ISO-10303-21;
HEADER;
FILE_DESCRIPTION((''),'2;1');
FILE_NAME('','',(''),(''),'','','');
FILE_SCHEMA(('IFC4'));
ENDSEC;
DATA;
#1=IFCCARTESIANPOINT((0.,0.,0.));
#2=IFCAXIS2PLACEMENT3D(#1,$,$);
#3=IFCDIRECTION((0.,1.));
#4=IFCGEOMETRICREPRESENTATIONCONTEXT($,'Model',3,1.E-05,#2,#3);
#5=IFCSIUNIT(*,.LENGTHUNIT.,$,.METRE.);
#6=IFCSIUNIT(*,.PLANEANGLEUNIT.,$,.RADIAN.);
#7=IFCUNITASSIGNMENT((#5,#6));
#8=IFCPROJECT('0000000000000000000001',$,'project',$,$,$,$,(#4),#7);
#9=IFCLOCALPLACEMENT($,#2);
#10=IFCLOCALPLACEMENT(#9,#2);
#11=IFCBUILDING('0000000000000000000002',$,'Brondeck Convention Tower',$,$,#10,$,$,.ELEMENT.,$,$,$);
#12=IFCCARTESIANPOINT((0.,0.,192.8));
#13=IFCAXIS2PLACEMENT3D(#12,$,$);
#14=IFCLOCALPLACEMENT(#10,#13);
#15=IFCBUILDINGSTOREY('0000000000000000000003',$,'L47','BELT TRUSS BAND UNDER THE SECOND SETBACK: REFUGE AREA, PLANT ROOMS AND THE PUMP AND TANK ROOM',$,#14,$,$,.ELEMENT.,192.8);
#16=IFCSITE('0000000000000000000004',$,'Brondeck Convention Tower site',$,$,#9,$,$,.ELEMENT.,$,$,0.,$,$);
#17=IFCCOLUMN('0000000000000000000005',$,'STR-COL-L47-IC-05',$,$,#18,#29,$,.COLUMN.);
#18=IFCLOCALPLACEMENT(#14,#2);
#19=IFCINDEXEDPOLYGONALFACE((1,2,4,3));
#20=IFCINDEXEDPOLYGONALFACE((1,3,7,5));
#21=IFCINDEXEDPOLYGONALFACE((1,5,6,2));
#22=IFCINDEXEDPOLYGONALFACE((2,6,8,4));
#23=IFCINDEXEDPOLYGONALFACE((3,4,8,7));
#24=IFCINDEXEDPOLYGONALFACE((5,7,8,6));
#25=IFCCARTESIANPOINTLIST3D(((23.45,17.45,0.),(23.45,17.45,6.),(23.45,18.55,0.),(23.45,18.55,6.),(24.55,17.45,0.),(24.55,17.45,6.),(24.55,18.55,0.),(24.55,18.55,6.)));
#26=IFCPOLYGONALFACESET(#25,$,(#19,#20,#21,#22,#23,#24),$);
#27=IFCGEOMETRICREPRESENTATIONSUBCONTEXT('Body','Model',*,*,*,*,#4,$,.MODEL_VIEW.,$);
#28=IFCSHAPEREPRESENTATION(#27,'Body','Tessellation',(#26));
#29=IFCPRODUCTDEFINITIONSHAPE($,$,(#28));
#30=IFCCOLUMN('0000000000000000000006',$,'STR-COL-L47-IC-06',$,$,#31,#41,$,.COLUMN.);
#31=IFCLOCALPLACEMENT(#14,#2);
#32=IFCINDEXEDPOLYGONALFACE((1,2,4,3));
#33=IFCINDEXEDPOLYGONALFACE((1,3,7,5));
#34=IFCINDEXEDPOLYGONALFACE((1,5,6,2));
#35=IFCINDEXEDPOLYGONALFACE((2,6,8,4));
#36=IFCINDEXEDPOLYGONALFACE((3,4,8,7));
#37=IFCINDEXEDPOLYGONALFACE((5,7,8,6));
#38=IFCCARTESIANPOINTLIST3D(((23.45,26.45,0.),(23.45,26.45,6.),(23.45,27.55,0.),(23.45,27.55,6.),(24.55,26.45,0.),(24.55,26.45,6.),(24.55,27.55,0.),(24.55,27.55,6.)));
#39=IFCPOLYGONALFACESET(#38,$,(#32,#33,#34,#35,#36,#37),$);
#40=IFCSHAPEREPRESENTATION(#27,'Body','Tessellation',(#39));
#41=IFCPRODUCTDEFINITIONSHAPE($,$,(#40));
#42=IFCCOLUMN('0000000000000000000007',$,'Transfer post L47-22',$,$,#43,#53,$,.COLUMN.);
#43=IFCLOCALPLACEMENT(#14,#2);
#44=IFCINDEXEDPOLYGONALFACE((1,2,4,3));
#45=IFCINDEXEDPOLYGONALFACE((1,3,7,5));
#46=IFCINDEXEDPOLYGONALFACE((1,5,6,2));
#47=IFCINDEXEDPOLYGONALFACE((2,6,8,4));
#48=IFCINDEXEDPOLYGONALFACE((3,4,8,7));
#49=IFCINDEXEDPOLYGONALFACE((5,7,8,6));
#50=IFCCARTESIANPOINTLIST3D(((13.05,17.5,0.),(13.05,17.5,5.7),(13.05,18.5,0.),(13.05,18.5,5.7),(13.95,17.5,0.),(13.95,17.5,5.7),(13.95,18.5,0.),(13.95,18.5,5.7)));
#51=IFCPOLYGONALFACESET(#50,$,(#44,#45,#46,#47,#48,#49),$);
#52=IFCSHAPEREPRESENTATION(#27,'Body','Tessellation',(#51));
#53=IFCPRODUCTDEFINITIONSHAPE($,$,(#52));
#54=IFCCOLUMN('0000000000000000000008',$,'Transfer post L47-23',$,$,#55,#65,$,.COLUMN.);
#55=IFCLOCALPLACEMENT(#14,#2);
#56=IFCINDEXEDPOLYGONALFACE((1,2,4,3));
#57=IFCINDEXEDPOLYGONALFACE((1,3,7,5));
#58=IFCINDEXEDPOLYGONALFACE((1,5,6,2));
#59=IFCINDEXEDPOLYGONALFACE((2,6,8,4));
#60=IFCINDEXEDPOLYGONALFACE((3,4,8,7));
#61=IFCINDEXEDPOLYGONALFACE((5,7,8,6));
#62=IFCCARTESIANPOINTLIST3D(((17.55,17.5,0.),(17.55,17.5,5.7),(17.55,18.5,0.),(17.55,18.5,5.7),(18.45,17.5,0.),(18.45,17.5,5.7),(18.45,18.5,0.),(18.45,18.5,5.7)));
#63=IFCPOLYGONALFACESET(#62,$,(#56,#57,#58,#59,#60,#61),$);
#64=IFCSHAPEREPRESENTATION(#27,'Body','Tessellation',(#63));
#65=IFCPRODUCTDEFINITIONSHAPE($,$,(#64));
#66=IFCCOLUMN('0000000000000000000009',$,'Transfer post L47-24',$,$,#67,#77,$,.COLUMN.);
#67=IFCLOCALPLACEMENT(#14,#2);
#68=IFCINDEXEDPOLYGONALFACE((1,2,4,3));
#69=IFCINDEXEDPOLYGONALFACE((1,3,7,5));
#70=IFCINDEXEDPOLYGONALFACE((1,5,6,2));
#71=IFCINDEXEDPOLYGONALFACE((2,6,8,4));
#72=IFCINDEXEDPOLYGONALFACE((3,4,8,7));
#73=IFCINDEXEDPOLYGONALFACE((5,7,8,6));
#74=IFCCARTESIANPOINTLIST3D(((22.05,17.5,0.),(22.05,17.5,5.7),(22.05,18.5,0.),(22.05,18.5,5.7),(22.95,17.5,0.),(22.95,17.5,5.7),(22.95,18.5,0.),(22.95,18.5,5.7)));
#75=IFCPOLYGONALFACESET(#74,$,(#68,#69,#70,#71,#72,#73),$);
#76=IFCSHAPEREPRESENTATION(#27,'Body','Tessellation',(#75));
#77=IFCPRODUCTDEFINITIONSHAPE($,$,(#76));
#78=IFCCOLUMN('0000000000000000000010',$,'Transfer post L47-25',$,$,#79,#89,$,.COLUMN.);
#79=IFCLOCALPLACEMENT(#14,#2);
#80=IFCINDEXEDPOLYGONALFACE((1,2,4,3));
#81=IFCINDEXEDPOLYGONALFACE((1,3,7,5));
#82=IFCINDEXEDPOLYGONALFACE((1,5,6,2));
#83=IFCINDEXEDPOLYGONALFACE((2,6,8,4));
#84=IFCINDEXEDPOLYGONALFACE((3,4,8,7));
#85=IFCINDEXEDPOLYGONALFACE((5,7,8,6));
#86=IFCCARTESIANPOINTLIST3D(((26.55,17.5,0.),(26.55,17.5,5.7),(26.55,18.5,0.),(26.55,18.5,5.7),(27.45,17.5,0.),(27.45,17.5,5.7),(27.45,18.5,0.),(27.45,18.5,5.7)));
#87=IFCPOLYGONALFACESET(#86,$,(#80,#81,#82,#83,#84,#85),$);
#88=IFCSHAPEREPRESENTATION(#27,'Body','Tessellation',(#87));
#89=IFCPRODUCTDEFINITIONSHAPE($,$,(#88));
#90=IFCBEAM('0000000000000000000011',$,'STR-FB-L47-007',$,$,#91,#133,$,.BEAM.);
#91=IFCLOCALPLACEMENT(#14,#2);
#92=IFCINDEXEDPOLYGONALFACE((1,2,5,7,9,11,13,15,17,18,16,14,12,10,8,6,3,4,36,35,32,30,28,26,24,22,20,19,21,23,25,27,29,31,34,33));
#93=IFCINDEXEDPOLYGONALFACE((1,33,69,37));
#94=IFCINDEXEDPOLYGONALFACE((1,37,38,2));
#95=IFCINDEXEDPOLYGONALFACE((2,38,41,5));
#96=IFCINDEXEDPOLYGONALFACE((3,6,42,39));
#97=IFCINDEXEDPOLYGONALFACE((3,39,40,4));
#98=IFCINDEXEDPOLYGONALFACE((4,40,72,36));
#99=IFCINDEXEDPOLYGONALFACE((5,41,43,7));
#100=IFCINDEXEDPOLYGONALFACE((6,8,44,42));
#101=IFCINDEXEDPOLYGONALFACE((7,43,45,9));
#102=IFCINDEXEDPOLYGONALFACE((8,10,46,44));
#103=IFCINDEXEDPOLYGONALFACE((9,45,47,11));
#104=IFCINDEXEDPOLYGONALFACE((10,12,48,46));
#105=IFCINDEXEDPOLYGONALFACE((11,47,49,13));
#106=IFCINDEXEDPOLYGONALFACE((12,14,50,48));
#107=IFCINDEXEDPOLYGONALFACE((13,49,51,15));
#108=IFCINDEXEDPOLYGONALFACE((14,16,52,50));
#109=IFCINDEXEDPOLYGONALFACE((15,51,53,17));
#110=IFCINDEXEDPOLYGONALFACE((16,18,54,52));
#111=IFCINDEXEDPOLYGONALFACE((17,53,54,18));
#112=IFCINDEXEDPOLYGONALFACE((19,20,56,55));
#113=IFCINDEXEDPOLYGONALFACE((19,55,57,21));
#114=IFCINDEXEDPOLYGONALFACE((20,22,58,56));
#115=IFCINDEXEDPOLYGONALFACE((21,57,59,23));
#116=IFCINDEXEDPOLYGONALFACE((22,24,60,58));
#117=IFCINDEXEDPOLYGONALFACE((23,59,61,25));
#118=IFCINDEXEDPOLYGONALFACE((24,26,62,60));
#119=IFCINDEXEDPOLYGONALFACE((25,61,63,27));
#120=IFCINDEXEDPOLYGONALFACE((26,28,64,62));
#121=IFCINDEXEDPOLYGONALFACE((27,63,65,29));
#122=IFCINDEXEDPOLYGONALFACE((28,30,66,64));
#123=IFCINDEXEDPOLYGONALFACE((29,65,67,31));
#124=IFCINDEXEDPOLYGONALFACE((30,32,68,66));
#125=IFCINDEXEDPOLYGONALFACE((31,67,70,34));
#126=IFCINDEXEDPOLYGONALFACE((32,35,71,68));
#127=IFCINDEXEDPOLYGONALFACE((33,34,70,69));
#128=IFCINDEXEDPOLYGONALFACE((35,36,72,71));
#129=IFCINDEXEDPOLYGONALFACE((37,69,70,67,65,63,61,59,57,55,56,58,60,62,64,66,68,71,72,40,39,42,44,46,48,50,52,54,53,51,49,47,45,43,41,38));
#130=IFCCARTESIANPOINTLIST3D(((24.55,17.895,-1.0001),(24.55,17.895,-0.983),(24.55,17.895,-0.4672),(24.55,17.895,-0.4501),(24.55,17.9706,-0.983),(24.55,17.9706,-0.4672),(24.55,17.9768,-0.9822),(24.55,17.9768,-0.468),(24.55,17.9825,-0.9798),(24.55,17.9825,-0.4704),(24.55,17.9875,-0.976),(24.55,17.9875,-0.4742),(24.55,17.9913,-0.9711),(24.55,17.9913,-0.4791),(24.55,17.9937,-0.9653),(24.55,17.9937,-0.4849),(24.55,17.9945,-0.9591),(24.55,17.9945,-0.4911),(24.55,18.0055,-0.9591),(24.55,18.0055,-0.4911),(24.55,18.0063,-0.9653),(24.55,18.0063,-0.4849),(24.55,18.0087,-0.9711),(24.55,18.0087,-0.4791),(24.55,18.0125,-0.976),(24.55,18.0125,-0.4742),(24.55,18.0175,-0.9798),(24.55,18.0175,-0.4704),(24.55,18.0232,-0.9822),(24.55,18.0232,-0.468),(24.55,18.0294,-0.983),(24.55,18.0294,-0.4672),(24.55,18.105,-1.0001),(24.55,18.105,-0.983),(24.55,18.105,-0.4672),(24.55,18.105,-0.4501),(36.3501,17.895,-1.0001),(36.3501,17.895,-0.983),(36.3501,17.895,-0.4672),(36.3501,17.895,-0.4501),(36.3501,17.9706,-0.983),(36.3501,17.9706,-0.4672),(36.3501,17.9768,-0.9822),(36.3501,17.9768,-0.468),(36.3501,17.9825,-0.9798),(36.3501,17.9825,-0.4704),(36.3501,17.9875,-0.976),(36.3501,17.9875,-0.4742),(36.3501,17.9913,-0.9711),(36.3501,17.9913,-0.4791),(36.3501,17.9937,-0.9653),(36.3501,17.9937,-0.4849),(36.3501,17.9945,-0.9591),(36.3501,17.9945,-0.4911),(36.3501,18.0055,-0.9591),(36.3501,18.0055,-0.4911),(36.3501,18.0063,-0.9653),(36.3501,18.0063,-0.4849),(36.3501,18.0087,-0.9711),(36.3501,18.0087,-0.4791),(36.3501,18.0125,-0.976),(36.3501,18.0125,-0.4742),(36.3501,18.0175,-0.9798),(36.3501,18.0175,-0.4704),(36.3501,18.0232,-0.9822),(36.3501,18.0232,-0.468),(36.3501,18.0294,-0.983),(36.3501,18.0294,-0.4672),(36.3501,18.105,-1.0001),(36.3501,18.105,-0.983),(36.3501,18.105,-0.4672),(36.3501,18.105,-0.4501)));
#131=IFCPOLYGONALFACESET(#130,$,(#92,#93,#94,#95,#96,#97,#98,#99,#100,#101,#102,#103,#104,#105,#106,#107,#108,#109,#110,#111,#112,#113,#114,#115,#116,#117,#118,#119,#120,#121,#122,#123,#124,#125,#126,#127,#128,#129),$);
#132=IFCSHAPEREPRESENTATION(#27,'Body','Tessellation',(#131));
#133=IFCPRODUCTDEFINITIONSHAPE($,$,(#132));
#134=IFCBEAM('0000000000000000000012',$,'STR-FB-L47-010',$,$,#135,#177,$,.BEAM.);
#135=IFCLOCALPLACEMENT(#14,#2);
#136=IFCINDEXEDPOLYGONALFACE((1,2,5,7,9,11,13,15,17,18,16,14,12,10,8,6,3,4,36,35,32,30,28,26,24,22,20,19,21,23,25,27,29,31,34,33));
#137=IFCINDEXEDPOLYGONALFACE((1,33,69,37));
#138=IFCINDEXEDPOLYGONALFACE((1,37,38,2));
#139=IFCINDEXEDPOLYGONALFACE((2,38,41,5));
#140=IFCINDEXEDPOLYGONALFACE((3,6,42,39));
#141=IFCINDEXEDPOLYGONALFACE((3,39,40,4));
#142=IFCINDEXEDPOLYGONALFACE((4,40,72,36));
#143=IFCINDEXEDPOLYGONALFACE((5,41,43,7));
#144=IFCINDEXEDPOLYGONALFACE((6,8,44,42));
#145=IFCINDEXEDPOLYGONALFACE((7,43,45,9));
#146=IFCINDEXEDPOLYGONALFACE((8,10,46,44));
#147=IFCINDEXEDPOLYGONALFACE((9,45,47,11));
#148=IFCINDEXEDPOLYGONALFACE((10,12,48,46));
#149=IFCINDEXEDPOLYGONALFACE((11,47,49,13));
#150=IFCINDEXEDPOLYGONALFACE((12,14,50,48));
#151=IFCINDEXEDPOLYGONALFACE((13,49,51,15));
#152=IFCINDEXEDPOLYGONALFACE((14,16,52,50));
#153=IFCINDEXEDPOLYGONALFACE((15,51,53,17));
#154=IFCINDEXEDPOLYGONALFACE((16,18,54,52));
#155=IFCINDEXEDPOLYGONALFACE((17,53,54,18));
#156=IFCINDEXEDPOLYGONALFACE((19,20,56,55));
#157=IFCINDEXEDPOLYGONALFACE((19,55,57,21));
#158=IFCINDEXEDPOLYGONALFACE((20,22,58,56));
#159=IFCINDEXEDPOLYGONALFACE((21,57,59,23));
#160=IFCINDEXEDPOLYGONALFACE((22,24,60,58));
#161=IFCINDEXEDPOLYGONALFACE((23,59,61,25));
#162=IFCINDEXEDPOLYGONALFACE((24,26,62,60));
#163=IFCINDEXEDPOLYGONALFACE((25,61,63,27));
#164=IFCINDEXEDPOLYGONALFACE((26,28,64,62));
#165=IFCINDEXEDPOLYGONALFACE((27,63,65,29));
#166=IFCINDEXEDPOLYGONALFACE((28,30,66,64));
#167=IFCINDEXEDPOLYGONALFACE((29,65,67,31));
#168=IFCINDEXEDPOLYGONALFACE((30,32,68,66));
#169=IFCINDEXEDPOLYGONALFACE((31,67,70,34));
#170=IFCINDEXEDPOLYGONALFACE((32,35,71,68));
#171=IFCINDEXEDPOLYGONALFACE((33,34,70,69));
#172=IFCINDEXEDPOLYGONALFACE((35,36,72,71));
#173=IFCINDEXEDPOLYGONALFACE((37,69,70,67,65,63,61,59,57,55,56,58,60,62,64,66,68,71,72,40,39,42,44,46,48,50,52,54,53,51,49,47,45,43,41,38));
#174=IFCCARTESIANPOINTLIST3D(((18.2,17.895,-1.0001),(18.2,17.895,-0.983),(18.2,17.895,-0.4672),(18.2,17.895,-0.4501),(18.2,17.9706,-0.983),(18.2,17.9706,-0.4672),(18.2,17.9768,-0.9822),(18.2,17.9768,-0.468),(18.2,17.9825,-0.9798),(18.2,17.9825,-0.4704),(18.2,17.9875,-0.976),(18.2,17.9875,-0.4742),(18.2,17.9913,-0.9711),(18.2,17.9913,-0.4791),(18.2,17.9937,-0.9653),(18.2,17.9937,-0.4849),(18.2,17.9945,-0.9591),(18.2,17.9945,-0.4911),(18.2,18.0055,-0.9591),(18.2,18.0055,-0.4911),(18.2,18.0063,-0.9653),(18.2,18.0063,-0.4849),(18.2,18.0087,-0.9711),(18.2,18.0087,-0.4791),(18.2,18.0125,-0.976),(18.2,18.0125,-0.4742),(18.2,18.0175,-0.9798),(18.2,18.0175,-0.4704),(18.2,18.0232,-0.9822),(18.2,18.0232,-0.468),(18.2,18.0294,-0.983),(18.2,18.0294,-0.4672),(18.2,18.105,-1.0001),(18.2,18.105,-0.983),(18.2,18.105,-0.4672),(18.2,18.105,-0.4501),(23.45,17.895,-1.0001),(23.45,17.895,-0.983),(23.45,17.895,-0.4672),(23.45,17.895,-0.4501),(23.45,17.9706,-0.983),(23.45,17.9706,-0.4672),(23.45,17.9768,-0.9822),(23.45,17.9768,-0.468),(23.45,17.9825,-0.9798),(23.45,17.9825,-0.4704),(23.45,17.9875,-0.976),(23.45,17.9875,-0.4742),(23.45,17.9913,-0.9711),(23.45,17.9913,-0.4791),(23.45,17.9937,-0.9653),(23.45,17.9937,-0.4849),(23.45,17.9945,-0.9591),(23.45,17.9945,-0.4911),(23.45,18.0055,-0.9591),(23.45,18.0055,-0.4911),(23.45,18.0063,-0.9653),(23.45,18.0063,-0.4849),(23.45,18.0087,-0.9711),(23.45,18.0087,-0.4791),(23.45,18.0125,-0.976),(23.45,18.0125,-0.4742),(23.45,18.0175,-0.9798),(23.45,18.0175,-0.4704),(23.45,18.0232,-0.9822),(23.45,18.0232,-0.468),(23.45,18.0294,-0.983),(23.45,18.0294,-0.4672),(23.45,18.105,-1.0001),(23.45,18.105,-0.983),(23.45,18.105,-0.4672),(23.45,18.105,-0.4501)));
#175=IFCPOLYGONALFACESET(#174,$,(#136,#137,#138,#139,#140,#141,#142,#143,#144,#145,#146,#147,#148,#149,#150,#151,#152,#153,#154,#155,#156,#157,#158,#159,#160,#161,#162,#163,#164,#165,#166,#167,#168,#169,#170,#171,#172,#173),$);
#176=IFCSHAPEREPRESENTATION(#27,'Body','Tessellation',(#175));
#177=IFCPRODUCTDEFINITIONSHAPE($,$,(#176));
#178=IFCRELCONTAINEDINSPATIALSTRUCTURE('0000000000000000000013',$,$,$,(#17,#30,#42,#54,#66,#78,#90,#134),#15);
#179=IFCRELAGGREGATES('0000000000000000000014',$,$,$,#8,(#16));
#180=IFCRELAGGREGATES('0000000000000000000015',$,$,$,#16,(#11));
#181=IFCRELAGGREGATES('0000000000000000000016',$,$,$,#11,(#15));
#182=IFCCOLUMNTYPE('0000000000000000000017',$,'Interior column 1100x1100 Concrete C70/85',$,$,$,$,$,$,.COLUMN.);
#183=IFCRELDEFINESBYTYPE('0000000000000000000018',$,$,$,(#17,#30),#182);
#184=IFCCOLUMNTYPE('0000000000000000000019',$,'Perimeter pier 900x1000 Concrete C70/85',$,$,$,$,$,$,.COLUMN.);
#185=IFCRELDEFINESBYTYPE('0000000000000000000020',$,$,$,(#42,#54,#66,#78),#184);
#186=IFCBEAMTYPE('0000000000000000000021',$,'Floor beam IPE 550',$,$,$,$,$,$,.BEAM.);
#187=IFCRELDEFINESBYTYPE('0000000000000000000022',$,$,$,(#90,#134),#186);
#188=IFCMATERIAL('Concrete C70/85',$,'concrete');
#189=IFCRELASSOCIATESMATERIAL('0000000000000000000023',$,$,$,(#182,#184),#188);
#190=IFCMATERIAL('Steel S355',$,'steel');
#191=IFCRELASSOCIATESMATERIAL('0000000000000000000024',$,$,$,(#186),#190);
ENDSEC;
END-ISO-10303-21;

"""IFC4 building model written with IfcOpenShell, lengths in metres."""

from ifc_helpers import new_model, si_unit, direction, frame, origin, origin_2d, place, context, subcontext, project, spatial, rectangle, i_section, extrude, material, material_profile, profile_set, type_object, element, save


model = new_model("IFC4")

# Units and contexts
model_context = context("Model", 3, precision=1e-05, world=origin(), true_north=direction((0.0, 1.0)))
body_context = subcontext(model_context, "Body", "Model", "MODEL_VIEW")
ifc_project = project(units=[si_unit("LENGTHUNIT", "METRE"), si_unit("PLANEANGLEUNIT", "RADIAN")], contexts=[model_context])

# Site, building, storey
site_placement = place(None, origin())
site = spatial("IfcSite", under=ifc_project, at=site_placement, Name="Brondeck Convention Tower site", CompositionType="ELEMENT", RefElevation=0.0)
building_placement = place(site_placement, origin())
building = spatial("IfcBuilding", under=site, at=building_placement, Name="Brondeck Convention Tower", CompositionType="ELEMENT")
storey_placement = place(building_placement, frame((0.0, 0.0, 192.8)))
storey = spatial("IfcBuildingStorey", under=building, at=storey_placement, Name="L47", Description="BELT TRUSS BAND UNDER THE SECOND SETBACK: REFUGE AREA, PLANT ROOMS AND THE PUMP AND TANK ROOM", CompositionType="ELEMENT", Elevation=192.8)

# Columns
ifc_material_1 = material(Name="Concrete C70/85", Category="concrete")
ifc_material_profile_1 = material_profile(ifc_material_1, rectangle(XDim=1.1001, YDim=1.1001, at=origin_2d()), Name="Interior column 1100x1100 Concrete C70/85")
ifc_profile_set_1 = profile_set([ifc_material_profile_1], Name="Concrete C70/85")
column_type_1 = type_object("IfcColumnType", Name="Interior column 1100x1100 Concrete C70/85", PredefinedType="COLUMN", material=ifc_profile_set_1)
for number, where, z_axis, x_axis, name in (
    (1, (24.0, 18.0, 0.0), (0.0, 0.0, 1.0), (1.0, 0.0, 0.0), "STR-COL-L47-IC-05"),
    (2, (24.0, 27.0, 0.0), (0.0, 0.0, 1.0), (1.0, 0.0, 0.0), "STR-COL-L47-IC-06"),
):
    element("IfcColumn", number, at=place(storey_placement, frame(where, z_axis=z_axis, x_axis=x_axis)), inside=storey, type_object=column_type_1, Name=name, PredefinedType="COLUMN", context=body_context, shape_type="SweptSolid", body=[
        extrude(rectangle(XDim=1.1001, YDim=1.1001, at=origin_2d()), origin(), (0.0, 0.0, 1.0), 6.0),
    ])
ifc_material_profile_2 = material_profile(ifc_material_1, rectangle(XDim=0.8999, YDim=1.0, at=origin_2d()), Name="Perimeter pier 900x1000 Concrete C70/85")
ifc_profile_set_2 = profile_set([ifc_material_profile_2], Name="Concrete C70/85")
column_type_2 = type_object("IfcColumnType", Name="Perimeter pier 900x1000 Concrete C70/85", PredefinedType="COLUMN", material=ifc_profile_set_2)
for number, where, z_axis, x_axis, name in (
    (3, (13.5, 18.0, 0.0), (0.0, 0.0, 1.0), (1.0, 0.0, 0.0), "Transfer post L47-22"),
    (4, (18.0, 18.0, 0.0), (0.0, 0.0, 1.0), (1.0, 0.0, 0.0), "Transfer post L47-23"),
    (5, (22.5, 18.0, 0.0), (0.0, 0.0, 1.0), (1.0, 0.0, 0.0), "Transfer post L47-24"),
    (6, (27.0, 18.0, 0.0), (0.0, 0.0, 1.0), (1.0, 0.0, 0.0), "Transfer post L47-25"),
):
    element("IfcColumn", number, at=place(storey_placement, frame(where, z_axis=z_axis, x_axis=x_axis)), inside=storey, type_object=column_type_2, Name=name, PredefinedType="COLUMN", context=body_context, shape_type="SweptSolid", body=[
        extrude(rectangle(XDim=0.8999, YDim=1.0, at=origin_2d()), origin(), (0.0, 0.0, 1.0), 5.7),
    ])

# Beams
ifc_material_2 = material(Name="Steel S355", Category="steel")
ifc_material_profile_3 = material_profile(ifc_material_2, i_section(OverallWidth=0.21, OverallDepth=0.55, WebThickness=0.011, FlangeThickness=0.0171, FilletRadius=0.0239, at=origin_2d()), Name="IPE 550")
ifc_profile_set_3 = profile_set([ifc_material_profile_3], Name="Steel S355")
beam_type_1 = type_object("IfcBeamType", Name="Floor beam IPE 550", PredefinedType="BEAM", material=ifc_profile_set_3)
beam_1_placement = place(storey_placement, frame((24.55, 18.0, -0.7251), z_axis=(1.0, 0.0, 0.0), x_axis=(0.0, 1.0, 0.0)))
element("IfcBeam", 7, at=beam_1_placement, inside=storey, type_object=beam_type_1, Name="STR-FB-L47-007", PredefinedType="BEAM", context=body_context, shape_type="SweptSolid", body=[
    extrude(i_section(OverallWidth=0.21, OverallDepth=0.55, WebThickness=0.011, FlangeThickness=0.0171, FilletRadius=0.0239, at=origin_2d()), origin(), (0.0, 0.0, 1.0), 11.8),
])
beam_2_placement = place(storey_placement, frame((18.2, 18.0, -0.7251), z_axis=(1.0, 0.0, 0.0), x_axis=(0.0, 1.0, 0.0)))
element("IfcBeam", 8, at=beam_2_placement, inside=storey, type_object=beam_type_1, Name="STR-FB-L47-010", PredefinedType="BEAM", context=body_context, shape_type="SweptSolid", body=[
    extrude(i_section(OverallWidth=0.21, OverallDepth=0.55, WebThickness=0.011, FlangeThickness=0.0171, FilletRadius=0.0239, at=origin_2d()), origin(), (0.0, 0.0, 1.0), 5.25),
])

save(model, "model.ifc")
